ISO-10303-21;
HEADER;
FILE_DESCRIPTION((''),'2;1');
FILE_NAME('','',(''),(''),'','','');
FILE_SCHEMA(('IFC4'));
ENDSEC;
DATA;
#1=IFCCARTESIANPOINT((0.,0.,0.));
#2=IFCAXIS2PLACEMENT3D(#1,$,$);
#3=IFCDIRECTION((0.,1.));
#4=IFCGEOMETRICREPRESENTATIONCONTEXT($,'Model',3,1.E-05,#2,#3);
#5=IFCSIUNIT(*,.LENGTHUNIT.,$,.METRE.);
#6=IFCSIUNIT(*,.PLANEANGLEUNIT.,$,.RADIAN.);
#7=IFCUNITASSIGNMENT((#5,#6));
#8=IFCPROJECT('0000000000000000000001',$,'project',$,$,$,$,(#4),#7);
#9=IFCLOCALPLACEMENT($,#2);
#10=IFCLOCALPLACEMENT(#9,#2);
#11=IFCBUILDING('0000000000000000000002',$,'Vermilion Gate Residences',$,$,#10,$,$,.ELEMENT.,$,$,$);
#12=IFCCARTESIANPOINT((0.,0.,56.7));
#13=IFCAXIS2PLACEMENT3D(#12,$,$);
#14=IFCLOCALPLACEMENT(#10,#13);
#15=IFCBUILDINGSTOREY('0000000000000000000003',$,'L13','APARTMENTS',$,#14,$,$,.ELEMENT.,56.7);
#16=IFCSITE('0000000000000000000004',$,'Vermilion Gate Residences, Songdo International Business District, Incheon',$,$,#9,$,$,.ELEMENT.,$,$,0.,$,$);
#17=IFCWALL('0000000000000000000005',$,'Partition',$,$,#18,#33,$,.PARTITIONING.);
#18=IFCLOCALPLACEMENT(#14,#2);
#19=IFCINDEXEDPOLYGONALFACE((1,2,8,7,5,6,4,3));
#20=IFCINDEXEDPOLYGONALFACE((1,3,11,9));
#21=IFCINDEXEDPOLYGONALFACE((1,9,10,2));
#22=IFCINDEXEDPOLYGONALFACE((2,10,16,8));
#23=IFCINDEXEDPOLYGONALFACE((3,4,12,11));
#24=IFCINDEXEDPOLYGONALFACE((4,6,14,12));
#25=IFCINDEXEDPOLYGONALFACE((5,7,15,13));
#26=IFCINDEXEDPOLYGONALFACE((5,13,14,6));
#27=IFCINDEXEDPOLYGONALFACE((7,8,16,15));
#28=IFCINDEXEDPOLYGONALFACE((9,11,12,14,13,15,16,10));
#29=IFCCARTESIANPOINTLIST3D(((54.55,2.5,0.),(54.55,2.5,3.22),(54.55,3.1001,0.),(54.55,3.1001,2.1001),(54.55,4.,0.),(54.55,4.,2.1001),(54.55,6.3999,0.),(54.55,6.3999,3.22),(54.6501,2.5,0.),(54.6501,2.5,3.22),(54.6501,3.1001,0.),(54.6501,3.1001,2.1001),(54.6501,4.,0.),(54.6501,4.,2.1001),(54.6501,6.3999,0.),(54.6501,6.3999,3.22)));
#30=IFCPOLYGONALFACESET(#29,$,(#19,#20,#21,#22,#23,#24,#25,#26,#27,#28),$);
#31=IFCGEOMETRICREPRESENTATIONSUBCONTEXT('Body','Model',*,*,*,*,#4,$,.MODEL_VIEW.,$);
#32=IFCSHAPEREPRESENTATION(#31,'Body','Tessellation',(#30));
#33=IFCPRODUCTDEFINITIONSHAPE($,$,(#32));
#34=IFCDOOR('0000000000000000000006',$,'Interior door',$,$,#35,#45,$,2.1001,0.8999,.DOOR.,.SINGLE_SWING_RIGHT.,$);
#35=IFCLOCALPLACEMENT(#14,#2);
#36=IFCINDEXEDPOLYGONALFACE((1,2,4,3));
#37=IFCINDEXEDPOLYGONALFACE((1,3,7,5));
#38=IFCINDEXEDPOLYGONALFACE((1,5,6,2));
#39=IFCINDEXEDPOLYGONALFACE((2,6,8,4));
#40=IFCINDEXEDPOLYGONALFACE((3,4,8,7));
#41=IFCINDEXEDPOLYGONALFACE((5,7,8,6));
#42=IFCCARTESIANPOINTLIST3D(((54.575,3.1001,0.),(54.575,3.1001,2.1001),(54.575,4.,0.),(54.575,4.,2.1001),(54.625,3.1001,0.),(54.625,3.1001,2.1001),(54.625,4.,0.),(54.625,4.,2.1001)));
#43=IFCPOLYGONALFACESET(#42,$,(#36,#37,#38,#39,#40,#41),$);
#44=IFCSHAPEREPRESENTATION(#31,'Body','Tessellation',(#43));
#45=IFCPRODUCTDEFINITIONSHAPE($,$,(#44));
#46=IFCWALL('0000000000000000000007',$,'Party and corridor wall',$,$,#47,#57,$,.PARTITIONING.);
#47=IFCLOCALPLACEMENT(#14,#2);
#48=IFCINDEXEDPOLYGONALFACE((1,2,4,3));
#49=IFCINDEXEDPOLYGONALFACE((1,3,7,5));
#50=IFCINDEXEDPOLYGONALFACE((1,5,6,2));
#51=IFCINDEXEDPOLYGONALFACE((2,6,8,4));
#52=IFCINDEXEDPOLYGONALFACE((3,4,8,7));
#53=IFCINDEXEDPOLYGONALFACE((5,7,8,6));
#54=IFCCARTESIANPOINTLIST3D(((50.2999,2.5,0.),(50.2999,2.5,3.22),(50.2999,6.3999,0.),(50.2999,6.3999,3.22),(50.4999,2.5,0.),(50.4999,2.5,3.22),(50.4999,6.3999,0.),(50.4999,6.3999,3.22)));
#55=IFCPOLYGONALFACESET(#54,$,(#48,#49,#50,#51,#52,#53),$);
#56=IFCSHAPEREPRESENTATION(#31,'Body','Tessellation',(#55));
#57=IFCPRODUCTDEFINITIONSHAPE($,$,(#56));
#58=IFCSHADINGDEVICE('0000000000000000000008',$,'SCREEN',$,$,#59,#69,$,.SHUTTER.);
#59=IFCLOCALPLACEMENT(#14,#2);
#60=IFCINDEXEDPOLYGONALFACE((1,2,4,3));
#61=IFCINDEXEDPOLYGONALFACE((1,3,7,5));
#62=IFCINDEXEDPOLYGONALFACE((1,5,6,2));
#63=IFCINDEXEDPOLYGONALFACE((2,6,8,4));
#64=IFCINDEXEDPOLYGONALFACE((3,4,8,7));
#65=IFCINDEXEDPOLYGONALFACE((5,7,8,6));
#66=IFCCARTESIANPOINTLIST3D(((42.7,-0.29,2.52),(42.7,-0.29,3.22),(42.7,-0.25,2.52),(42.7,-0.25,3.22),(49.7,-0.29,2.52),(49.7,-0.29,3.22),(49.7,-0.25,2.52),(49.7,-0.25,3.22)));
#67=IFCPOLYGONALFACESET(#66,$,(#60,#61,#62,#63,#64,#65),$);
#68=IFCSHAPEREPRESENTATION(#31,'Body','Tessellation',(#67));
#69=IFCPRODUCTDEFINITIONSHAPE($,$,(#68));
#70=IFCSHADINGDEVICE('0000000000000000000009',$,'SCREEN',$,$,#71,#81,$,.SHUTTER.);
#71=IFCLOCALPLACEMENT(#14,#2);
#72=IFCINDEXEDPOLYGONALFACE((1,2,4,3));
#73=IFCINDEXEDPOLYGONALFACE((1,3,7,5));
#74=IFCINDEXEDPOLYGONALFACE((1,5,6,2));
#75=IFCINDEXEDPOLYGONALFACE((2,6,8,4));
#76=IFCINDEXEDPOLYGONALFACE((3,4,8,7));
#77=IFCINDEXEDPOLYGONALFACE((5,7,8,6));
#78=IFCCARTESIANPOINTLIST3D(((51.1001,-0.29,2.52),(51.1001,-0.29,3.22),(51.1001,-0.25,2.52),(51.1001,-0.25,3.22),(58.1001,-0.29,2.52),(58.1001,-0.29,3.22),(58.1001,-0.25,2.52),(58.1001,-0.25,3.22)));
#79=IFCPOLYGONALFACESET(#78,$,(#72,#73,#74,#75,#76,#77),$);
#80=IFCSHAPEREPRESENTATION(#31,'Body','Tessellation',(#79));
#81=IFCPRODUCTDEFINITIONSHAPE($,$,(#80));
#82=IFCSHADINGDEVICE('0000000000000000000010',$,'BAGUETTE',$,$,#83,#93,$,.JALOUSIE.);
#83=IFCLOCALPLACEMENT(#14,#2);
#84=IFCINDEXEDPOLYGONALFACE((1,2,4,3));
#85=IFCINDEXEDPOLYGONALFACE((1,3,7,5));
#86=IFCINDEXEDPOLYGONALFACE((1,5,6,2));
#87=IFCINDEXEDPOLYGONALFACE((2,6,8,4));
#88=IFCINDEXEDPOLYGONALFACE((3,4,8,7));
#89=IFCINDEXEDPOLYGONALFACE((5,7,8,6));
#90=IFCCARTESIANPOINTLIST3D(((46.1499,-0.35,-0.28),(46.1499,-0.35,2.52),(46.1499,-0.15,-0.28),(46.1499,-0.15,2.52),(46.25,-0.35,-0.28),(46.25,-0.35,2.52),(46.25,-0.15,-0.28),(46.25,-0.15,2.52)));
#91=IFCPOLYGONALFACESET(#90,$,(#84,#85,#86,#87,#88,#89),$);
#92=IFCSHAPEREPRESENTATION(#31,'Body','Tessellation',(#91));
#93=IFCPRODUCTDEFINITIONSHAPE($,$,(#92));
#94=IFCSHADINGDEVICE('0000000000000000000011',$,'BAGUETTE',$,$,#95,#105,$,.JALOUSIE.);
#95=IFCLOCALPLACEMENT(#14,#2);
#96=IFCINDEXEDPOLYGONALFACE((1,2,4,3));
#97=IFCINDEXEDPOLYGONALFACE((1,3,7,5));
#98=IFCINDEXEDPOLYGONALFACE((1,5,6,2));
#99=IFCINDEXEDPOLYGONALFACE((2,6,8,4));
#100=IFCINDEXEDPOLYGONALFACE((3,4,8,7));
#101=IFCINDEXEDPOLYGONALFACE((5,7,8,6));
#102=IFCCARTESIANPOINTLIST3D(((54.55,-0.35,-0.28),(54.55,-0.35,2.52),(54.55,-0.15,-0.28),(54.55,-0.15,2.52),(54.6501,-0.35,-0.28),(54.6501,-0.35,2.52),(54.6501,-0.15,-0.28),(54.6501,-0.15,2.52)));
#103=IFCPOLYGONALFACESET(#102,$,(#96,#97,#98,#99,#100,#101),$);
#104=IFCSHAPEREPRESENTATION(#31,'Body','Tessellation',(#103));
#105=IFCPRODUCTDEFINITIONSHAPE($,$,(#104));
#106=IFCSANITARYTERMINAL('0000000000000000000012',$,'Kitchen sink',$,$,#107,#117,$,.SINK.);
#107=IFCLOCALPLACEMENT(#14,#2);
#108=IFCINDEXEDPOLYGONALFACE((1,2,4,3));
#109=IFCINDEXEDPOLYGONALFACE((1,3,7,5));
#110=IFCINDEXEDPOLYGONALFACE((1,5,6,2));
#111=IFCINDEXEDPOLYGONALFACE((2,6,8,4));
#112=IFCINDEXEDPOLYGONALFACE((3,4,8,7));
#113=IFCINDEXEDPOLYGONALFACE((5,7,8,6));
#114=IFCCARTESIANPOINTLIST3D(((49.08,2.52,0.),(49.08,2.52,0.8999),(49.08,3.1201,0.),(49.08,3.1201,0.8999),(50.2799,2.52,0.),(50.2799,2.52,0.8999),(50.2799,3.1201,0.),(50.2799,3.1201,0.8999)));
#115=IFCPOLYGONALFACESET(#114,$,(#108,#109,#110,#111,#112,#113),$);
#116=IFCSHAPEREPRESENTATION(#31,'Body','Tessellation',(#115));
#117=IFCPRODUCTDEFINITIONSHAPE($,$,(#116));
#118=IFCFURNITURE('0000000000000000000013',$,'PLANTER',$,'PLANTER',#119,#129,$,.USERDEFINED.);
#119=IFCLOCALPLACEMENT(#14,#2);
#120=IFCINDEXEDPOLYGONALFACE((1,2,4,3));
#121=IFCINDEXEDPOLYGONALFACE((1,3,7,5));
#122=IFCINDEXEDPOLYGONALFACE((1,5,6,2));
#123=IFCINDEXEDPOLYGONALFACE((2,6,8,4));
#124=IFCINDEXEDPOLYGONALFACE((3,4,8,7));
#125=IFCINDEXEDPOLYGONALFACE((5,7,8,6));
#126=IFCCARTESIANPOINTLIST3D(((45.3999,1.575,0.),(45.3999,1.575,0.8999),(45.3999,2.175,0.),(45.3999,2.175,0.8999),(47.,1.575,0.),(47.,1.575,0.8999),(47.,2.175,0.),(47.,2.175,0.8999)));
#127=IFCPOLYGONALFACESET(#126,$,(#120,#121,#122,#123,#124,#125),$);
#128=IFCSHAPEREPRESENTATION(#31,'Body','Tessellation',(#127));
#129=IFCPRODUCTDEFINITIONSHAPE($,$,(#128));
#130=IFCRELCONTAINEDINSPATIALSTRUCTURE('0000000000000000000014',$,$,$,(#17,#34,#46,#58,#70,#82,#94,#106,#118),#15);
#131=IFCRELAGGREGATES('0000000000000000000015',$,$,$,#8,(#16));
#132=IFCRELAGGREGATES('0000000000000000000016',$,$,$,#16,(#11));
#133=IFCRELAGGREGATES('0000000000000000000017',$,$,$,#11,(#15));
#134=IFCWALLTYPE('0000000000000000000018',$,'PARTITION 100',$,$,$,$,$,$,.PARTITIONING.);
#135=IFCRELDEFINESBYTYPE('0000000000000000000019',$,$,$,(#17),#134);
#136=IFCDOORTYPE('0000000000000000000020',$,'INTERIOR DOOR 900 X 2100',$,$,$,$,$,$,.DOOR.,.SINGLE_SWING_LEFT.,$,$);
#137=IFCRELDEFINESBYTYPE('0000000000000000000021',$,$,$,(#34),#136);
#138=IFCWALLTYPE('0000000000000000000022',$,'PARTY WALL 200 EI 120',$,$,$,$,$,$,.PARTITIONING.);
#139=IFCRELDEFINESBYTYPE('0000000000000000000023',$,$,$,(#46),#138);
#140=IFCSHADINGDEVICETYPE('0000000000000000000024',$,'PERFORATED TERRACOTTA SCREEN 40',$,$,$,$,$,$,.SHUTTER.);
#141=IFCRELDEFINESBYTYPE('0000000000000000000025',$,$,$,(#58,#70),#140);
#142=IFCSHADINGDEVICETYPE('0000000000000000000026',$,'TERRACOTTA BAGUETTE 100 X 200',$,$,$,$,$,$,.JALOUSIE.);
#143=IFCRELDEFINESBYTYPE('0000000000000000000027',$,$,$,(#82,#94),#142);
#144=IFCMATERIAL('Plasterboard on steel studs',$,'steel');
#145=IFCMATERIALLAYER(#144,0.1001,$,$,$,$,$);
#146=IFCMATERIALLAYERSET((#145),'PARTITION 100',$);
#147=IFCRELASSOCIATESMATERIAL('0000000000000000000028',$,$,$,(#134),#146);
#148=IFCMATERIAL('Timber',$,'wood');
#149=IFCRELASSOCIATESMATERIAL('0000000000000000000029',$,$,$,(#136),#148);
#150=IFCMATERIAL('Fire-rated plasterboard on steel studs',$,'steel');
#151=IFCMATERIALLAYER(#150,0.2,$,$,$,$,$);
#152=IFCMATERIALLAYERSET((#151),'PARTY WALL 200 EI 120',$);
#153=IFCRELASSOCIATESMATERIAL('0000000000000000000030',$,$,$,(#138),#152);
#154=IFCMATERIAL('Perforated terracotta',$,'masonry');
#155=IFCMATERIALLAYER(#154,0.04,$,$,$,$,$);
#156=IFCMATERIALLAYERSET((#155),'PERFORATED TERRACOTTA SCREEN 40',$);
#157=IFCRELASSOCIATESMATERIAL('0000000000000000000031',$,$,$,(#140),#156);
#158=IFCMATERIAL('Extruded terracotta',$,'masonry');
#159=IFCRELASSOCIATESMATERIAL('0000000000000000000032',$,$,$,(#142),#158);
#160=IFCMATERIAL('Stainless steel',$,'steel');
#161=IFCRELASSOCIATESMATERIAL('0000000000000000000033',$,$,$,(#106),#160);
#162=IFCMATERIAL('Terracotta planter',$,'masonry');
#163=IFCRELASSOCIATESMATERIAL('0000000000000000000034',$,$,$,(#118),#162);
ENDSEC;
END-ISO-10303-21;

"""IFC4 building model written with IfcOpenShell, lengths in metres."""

from ifc_helpers import new_model, si_unit, direction, frame, frame_2d, origin, origin_2d, place, context, subcontext, project, spatial, rectangle, extrude, material, layer, layer_set, material_profile, profile_set, type_object, element, fill, save


model = new_model("IFC4")

# Units and contexts
model_context = context("Model", 3, precision=1e-05, world=origin(), true_north=direction((0.0, 1.0)))
body_context = subcontext(model_context, "Body", "Model", "MODEL_VIEW")
ifc_project = project(units=[si_unit("LENGTHUNIT", "METRE"), si_unit("PLANEANGLEUNIT", "RADIAN")], contexts=[model_context])

# Site, building, storey
site_placement = place(None, origin())
site = spatial("IfcSite", under=ifc_project, at=site_placement, Name="Vermilion Gate Residences, Songdo International Business District, Incheon", CompositionType="ELEMENT", RefElevation=0.0)
building_placement = place(site_placement, origin())
building = spatial("IfcBuilding", under=site, at=building_placement, Name="Vermilion Gate Residences", CompositionType="ELEMENT")
storey_placement = place(building_placement, frame((0.0, 0.0, 56.7)))
storey = spatial("IfcBuildingStorey", under=building, at=storey_placement, Name="L13", Description="APARTMENTS", CompositionType="ELEMENT", Elevation=56.7)

# Shared definitions
ifc_material_1 = material(Name="Plasterboard on steel studs", Category="steel")
ifc_layer_1 = layer(ifc_material_1, 0.1001)
ifc_layer_set_1 = layer_set([ifc_layer_1], Name="PARTITION 100")
wall_type_1 = type_object("IfcWallType", Name="PARTITION 100", PredefinedType="PARTITIONING", material=ifc_layer_set_1)
ifc_material_2 = material(Name="Timber", Category="wood")
door_type = type_object("IfcDoorType", Name="INTERIOR DOOR 900 X 2100", OperationType="SINGLE_SWING_LEFT", PredefinedType="DOOR", material=ifc_material_2)

# Wall, opening, door
wall_1_placement = place(storey_placement, frame((54.6001, 2.5, 0.0), z_axis=(0.0, 0.0, 1.0), x_axis=(0.0, 1.0, 0.0)))
wall_1 = element("IfcWall", 1, at=wall_1_placement, inside=storey, type_object=wall_type_1, Name="Partition", PredefinedType="PARTITIONING", context=body_context, shape_type="SweptSolid", body=[
    extrude(rectangle(XDim=3.8999, YDim=0.1001, at=frame_2d((1.95, 0.0))), origin(), (0.0, 0.0, 1.0), 3.22),
])
opening_1_placement = place(wall_1_placement, frame((0.6001, 0.0, 0.0)))
opening_1 = element("IfcOpeningElement", 2, at=opening_1_placement, cuts=wall_1, PredefinedType="OPENING", context=body_context, shape_type="SweptSolid", body=[
    extrude(rectangle(XDim=0.8999, YDim=2.1001, at=frame_2d((0.45, 1.05))), frame((0.0, 0.0601, 0.0), z_axis=(0.0, -1.0, 0.0), x_axis=(1.0, 0.0, 0.0)), (0.0, 0.0, 1.0), 0.1201),
])
door_1_placement = place(opening_1_placement, frame((0.8999, 0.0, 0.0), z_axis=(0.0, 0.0, 1.0), x_axis=(-1.0, 0.0, 0.0)))
door_1 = element("IfcDoor", 3, at=door_1_placement, inside=storey, type_object=door_type, Name="Interior door", OperationType="SINGLE_SWING_RIGHT", OverallHeight=2.1001, OverallWidth=0.8999, PredefinedType="DOOR", context=body_context, shape_type="SweptSolid", body=[
    extrude(rectangle(XDim=0.8999, YDim=2.1001, at=frame_2d((0.45, 1.05))), frame((0.0, 0.0249, 0.0), z_axis=(0.0, -1.0, 0.0), x_axis=(1.0, 0.0, 0.0)), (0.0, 0.0, 1.0), 0.05),
])
fill(opening_1, door_1)

# Wall
ifc_material_3 = material(Name="Fire-rated plasterboard on steel studs", Category="steel")
ifc_layer_2 = layer(ifc_material_3, 0.2)
ifc_layer_set_2 = layer_set([ifc_layer_2], Name="PARTY WALL 200 EI 120")
wall_type_2 = type_object("IfcWallType", Name="PARTY WALL 200 EI 120", PredefinedType="PARTITIONING", material=ifc_layer_set_2)
wall_2_placement = place(storey_placement, frame((50.3999, 2.5, 0.0), z_axis=(0.0, 0.0, 1.0), x_axis=(0.0, 1.0, 0.0)))
element("IfcWall", 4, at=wall_2_placement, inside=storey, type_object=wall_type_2, Name="Party and corridor wall", PredefinedType="PARTITIONING", context=body_context, shape_type="SweptSolid", body=[
    extrude(rectangle(XDim=3.8999, YDim=0.2, at=frame_2d((1.95, 0.0))), origin(), (0.0, 0.0, 1.0), 3.22),
])

# Shading devices
ifc_material_4 = material(Name="Perforated terracotta", Category="masonry")
ifc_layer_3 = layer(ifc_material_4, 0.04)
ifc_layer_set_3 = layer_set([ifc_layer_3], Name="PERFORATED TERRACOTTA SCREEN 40")
shading_device_type_1 = type_object("IfcShadingDeviceType", Name="PERFORATED TERRACOTTA SCREEN 40", PredefinedType="SHUTTER", material=ifc_layer_set_3)
for number, where, z_axis, x_axis, name in (
    (5, (46.2, -0.27, 2.52), (0.0, 0.0, 1.0), (1.0, 0.0, 0.0), "SCREEN"),
    (6, (54.6001, -0.27, 2.52), (0.0, 0.0, 1.0), (1.0, 0.0, 0.0), "SCREEN"),
):
    element("IfcShadingDevice", number, at=place(storey_placement, frame(where, z_axis=z_axis, x_axis=x_axis)), inside=storey, type_object=shading_device_type_1, Name=name, PredefinedType="SHUTTER", context=body_context, shape_type="SweptSolid", body=[
        extrude(rectangle(XDim=7.0, YDim=0.04, at=origin_2d()), origin(), (0.0, 0.0, 1.0), 0.7),
    ])
ifc_material_5 = material(Name="Extruded terracotta", Category="masonry")
ifc_material_profile_1 = material_profile(ifc_material_5, rectangle(XDim=0.2, YDim=0.1001, at=origin_2d()), Name="BAGUETTE 100 X 200")
ifc_profile_set_1 = profile_set([ifc_material_profile_1], Name="Extruded terracotta")
shading_device_type_2 = type_object("IfcShadingDeviceType", Name="TERRACOTTA BAGUETTE 100 X 200", PredefinedType="JALOUSIE", material=ifc_profile_set_1)
for number, where, z_axis, x_axis, name in (
    (7, (46.2, -0.25, -0.28), (0.0, 0.0, 1.0), (0.0, 1.0, 0.0), "BAGUETTE"),
    (8, (54.6001, -0.25, -0.28), (0.0, 0.0, 1.0), (0.0, 1.0, 0.0), "BAGUETTE"),
):
    element("IfcShadingDevice", number, at=place(storey_placement, frame(where, z_axis=z_axis, x_axis=x_axis)), inside=storey, type_object=shading_device_type_2, Name=name, PredefinedType="JALOUSIE", context=body_context, shape_type="SweptSolid", body=[
        extrude(rectangle(XDim=0.2, YDim=0.1001, at=origin_2d()), origin(), (0.0, 0.0, 1.0), 2.8),
    ])

# Sanitary terminal
ifc_material_6 = material(Name="Stainless steel", Category="steel")
sanitary_terminal_placement = place(storey_placement, frame((49.6799, 2.8201, 0.0), z_axis=(0.0, 0.0, 1.0), x_axis=(1.0, 0.0, 0.0)))
element("IfcSanitaryTerminal", 9, at=sanitary_terminal_placement, inside=storey, material=ifc_material_6, Name="Kitchen sink", PredefinedType="SINK", context=body_context, shape_type="SweptSolid", body=[
    extrude(rectangle(XDim=1.2, YDim=0.6001, at=origin_2d()), origin(), (0.0, 0.0, 1.0), 0.8999),
])

# Furniture
ifc_material_7 = material(Name="Terracotta planter", Category="masonry")
furniture_placement = place(storey_placement, frame((46.2, 1.875, 0.0), z_axis=(0.0, 0.0, 1.0), x_axis=(1.0, 0.0, 0.0)))
element("IfcFurniture", 10, at=furniture_placement, inside=storey, material=ifc_material_7, Name="PLANTER", ObjectType="PLANTER", PredefinedType="USERDEFINED", context=body_context, shape_type="SweptSolid", body=[
    extrude(rectangle(XDim=1.6001, YDim=0.6001, at=origin_2d()), origin(), (0.0, 0.0, 1.0), 0.8999),
])

save(model, "model.ifc")
